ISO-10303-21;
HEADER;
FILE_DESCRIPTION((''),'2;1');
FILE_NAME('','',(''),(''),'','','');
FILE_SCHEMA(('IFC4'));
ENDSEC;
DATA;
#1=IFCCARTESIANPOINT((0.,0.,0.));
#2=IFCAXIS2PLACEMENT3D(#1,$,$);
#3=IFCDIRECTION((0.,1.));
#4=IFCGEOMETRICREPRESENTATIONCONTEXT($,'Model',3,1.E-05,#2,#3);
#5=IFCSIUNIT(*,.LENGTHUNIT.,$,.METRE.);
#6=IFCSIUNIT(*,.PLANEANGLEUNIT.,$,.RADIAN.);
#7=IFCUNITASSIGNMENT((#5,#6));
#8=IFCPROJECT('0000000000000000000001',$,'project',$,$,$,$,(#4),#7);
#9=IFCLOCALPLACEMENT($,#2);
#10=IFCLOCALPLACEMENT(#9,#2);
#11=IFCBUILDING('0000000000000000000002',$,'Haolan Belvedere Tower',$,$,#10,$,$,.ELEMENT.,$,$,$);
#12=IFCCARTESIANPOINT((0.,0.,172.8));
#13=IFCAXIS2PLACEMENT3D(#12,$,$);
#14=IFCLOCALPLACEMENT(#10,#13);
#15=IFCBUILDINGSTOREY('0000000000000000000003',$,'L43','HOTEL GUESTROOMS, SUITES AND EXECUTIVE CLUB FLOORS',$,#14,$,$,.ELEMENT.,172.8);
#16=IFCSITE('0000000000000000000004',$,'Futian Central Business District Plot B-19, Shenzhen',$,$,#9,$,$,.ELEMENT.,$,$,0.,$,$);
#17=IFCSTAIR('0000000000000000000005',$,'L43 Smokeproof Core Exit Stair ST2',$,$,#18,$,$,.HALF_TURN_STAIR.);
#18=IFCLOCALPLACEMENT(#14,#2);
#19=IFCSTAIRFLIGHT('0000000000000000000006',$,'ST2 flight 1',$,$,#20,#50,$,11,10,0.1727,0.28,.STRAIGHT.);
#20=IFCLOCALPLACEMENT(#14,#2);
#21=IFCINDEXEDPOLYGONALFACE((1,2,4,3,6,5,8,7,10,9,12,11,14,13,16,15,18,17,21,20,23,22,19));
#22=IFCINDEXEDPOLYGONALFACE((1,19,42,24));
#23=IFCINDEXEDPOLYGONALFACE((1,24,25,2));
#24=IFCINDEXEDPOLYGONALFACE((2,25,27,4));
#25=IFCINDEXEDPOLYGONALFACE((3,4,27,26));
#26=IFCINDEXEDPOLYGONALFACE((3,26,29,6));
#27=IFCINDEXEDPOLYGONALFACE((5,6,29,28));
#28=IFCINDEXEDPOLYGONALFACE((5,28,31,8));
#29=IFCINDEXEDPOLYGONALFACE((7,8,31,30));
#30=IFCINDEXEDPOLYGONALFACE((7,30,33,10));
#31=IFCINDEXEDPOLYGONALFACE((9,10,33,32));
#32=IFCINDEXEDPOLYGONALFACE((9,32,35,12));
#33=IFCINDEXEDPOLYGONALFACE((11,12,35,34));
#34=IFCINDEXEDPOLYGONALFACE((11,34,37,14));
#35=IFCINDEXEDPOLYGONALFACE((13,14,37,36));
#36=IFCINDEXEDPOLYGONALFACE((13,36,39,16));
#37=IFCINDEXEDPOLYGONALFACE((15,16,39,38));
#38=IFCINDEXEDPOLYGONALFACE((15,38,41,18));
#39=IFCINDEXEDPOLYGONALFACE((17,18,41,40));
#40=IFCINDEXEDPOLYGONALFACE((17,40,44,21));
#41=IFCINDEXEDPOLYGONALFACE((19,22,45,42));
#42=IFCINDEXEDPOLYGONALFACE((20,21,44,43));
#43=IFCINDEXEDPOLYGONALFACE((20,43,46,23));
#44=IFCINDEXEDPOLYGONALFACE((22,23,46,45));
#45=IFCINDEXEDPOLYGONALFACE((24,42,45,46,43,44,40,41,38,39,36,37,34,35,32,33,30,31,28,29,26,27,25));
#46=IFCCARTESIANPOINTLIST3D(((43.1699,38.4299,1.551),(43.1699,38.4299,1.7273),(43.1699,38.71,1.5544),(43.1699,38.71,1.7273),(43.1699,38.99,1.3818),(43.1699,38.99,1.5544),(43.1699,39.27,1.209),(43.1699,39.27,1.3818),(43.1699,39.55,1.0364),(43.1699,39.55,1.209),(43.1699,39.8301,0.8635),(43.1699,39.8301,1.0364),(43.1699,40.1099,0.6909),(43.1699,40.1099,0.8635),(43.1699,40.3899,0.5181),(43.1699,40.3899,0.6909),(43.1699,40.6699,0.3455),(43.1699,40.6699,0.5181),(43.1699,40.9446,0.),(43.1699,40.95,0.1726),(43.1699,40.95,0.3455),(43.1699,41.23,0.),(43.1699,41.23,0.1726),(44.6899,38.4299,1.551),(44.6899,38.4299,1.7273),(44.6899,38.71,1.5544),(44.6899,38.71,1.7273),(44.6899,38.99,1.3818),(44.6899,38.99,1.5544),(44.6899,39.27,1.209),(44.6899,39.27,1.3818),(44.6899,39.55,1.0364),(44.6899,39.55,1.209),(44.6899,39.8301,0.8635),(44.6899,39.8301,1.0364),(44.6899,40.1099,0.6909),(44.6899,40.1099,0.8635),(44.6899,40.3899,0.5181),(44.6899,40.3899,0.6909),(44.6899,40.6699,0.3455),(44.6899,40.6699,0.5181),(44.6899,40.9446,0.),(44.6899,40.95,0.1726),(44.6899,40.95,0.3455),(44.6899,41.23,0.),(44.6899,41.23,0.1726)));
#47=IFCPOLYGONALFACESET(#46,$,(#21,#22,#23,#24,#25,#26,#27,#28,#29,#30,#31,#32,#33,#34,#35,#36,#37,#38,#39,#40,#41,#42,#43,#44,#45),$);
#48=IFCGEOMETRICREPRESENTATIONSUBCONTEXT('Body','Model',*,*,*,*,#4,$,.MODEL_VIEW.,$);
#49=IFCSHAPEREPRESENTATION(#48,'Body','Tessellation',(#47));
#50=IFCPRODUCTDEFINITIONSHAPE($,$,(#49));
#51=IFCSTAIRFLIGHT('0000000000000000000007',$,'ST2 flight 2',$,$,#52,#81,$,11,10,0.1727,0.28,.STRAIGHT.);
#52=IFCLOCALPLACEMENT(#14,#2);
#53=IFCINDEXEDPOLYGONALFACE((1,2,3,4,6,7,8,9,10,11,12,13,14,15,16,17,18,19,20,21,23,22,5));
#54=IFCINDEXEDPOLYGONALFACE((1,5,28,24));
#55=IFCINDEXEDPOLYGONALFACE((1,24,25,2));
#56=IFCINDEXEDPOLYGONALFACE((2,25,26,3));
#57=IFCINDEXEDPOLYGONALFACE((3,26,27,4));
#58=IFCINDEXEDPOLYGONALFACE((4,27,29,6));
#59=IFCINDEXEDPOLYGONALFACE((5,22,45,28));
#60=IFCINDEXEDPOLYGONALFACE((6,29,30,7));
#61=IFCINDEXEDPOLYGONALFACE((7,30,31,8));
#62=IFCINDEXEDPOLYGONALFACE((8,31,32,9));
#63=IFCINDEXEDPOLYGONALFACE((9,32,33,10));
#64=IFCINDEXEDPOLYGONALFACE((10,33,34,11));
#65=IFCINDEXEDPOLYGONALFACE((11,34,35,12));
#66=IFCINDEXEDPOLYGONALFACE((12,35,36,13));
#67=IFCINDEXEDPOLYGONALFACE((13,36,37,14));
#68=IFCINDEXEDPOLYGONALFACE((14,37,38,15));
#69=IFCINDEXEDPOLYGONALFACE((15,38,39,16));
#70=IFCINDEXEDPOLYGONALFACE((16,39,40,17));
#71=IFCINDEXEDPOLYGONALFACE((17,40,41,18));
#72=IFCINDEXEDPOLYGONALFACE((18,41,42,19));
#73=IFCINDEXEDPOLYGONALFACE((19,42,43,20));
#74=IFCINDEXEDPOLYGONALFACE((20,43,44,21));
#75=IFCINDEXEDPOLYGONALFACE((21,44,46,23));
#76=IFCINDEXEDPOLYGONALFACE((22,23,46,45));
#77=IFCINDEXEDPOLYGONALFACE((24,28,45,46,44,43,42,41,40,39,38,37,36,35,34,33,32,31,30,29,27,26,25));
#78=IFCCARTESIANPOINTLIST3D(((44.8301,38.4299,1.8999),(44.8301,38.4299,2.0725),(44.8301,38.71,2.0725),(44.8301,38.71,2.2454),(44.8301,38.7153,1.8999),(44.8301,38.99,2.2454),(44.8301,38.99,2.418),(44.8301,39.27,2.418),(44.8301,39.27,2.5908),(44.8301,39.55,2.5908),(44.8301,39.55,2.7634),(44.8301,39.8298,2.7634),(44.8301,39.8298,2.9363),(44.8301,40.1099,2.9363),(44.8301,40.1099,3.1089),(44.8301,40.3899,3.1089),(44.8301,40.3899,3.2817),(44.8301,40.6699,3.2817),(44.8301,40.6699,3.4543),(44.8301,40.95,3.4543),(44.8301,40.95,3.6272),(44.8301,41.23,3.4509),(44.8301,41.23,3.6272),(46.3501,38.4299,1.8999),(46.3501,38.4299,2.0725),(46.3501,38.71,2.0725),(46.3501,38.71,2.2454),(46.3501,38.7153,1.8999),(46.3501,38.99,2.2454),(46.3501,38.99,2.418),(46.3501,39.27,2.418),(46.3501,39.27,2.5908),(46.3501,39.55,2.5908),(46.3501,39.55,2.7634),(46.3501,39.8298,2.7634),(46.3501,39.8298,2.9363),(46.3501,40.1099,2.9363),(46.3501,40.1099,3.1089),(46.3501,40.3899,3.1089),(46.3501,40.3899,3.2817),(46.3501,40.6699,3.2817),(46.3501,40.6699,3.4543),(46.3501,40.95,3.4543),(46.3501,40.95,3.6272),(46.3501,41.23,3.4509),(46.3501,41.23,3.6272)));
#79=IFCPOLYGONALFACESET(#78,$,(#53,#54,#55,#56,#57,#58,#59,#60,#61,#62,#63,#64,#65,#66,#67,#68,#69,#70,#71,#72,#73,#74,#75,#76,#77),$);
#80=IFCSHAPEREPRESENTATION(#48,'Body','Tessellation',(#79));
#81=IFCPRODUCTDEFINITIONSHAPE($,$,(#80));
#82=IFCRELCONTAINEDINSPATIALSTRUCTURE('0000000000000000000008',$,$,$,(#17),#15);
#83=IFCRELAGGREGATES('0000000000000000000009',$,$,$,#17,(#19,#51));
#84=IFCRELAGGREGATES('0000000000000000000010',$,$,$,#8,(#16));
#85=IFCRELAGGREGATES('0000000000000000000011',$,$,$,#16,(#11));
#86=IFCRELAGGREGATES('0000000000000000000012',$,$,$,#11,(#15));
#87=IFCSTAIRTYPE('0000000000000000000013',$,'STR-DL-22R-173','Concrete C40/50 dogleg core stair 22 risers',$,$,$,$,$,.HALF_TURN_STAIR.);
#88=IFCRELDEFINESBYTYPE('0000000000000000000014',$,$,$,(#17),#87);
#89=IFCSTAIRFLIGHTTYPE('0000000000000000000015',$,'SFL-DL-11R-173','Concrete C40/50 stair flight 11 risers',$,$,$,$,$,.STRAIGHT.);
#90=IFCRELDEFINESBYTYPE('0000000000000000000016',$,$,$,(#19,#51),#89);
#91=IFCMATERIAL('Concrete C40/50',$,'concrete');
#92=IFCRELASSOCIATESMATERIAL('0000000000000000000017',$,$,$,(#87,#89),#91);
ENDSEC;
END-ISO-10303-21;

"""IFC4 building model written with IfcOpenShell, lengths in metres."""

from ifc_helpers import new_model, si_unit, direction, frame, origin, place, context, subcontext, project, spatial, polyline, outline, extrude, material, type_object, element, aggregate, save


model = new_model("IFC4")

# Units and contexts
model_context = context("Model", 3, precision=1e-05, world=origin(), true_north=direction((0.0, 1.0)))
body_context = subcontext(model_context, "Body", "Model", "MODEL_VIEW")
ifc_project = project(units=[si_unit("LENGTHUNIT", "METRE"), si_unit("PLANEANGLEUNIT", "RADIAN")], contexts=[model_context])

# Site, building, storey
site_placement = place(None, origin())
site = spatial("IfcSite", under=ifc_project, at=site_placement, Name="Futian Central Business District Plot B-19, Shenzhen", CompositionType="ELEMENT", RefElevation=0.0)
building_placement = place(site_placement, origin())
building = spatial("IfcBuilding", under=site, at=building_placement, Name="Haolan Belvedere Tower", CompositionType="ELEMENT")
storey_placement = place(building_placement, frame((0.0, 0.0, 172.8)))
storey = spatial("IfcBuildingStorey", under=building, at=storey_placement, Name="L43", Description="HOTEL GUESTROOMS, SUITES AND EXECUTIVE CLUB FLOORS", CompositionType="ELEMENT", Elevation=172.8)

# Shared definitions
ifc_material_1 = material(Name="Concrete C40/50", Category="concrete")

# Shared definitions
stair_type = type_object("IfcStairType", Name="STR-DL-22R-173", Description="Concrete C40/50 dogleg core stair 22 risers", PredefinedType="HALF_TURN_STAIR", material=ifc_material_1)
stair_flight_type = type_object("IfcStairFlightType", Name="SFL-DL-11R-173", Description="Concrete C40/50 stair flight 11 risers", PredefinedType="STRAIGHT", material=ifc_material_1)

# Stair, stair flights
stair_1_placement = place(storey_placement, origin())
stair_1 = element("IfcStair", 1, at=stair_1_placement, inside=storey, type_object=stair_type, Name="L43 Smokeproof Core Exit Stair ST2", PredefinedType="HALF_TURN_STAIR")
stair_flight_1_placement = place(storey_placement, frame((43.9299, 41.23, 0.0), z_axis=(0.0, 0.0, 1.0), x_axis=(0.0, -1.0, 0.0)))
stair_flight_1 = element("IfcStairFlight", 2, at=stair_flight_1_placement, type_object=stair_flight_type, Name="ST2 flight 1", NumberOfRisers=11, NumberOfTreads=10, PredefinedType="STRAIGHT", RiserHeight=0.1727, TreadLength=0.28, context=body_context, shape_type="SweptSolid", body=[
    extrude(outline(polyline([(0.0, 0.0), (0.0, 0.1726), (0.28, 0.1726), (0.28, 0.3455), (0.5601, 0.3455), (0.5601, 0.5181), (0.8401, 0.5181), (0.8401, 0.6909), (1.1201, 0.6909), (1.1201, 0.8635), (1.3999, 0.8635), (1.3999, 1.0364), (1.6799, 1.0364), (1.6799, 1.209), (1.96, 1.209), (1.96, 1.3818), (2.24, 1.3818), (2.24, 1.5544), (2.52, 1.5544), (2.52, 1.7273), (2.8, 1.7273), (2.8, 1.8999), (2.8, 1.551), (0.2854, 0.0), (0.0, 0.0)])), frame((0.0, 0.76, 0.0), z_axis=(0.0, -1.0, 0.0), x_axis=(1.0, 0.0, 0.0)), (0.0, 0.0, 1.0), 1.52),
])
stair_flight_2_placement = place(storey_placement, frame((45.5901, 38.4299, 1.8999), z_axis=(0.0, 0.0, 1.0), x_axis=(0.0, 1.0, 0.0)))
stair_flight_2 = element("IfcStairFlight", 3, at=stair_flight_2_placement, type_object=stair_flight_type, Name="ST2 flight 2", NumberOfRisers=11, NumberOfTreads=10, PredefinedType="STRAIGHT", RiserHeight=0.1727, TreadLength=0.28, context=body_context, shape_type="SweptSolid", body=[
    extrude(outline(polyline([(0.0, 0.0), (0.0, 0.1726), (0.28, 0.1726), (0.28, 0.3455), (0.5601, 0.3455), (0.5601, 0.5181), (0.8401, 0.5181), (0.8401, 0.6909), (1.1201, 0.6909), (1.1201, 0.8635), (1.3999, 0.8635), (1.3999, 1.0364), (1.6799, 1.0364), (1.6799, 1.209), (1.96, 1.209), (1.96, 1.3818), (2.24, 1.3818), (2.24, 1.5544), (2.52, 1.5544), (2.52, 1.7273), (2.8, 1.7273), (2.8, 1.8999), (2.8, 1.551), (0.2854, 0.0), (0.0, 0.0)])), frame((0.0, 0.76, 0.0), z_axis=(0.0, -1.0, 0.0), x_axis=(1.0, 0.0, 0.0)), (0.0, 0.0, 1.0), 1.52),
])
aggregate(stair_1, [stair_flight_1, stair_flight_2])

save(model, "model.ifc")
